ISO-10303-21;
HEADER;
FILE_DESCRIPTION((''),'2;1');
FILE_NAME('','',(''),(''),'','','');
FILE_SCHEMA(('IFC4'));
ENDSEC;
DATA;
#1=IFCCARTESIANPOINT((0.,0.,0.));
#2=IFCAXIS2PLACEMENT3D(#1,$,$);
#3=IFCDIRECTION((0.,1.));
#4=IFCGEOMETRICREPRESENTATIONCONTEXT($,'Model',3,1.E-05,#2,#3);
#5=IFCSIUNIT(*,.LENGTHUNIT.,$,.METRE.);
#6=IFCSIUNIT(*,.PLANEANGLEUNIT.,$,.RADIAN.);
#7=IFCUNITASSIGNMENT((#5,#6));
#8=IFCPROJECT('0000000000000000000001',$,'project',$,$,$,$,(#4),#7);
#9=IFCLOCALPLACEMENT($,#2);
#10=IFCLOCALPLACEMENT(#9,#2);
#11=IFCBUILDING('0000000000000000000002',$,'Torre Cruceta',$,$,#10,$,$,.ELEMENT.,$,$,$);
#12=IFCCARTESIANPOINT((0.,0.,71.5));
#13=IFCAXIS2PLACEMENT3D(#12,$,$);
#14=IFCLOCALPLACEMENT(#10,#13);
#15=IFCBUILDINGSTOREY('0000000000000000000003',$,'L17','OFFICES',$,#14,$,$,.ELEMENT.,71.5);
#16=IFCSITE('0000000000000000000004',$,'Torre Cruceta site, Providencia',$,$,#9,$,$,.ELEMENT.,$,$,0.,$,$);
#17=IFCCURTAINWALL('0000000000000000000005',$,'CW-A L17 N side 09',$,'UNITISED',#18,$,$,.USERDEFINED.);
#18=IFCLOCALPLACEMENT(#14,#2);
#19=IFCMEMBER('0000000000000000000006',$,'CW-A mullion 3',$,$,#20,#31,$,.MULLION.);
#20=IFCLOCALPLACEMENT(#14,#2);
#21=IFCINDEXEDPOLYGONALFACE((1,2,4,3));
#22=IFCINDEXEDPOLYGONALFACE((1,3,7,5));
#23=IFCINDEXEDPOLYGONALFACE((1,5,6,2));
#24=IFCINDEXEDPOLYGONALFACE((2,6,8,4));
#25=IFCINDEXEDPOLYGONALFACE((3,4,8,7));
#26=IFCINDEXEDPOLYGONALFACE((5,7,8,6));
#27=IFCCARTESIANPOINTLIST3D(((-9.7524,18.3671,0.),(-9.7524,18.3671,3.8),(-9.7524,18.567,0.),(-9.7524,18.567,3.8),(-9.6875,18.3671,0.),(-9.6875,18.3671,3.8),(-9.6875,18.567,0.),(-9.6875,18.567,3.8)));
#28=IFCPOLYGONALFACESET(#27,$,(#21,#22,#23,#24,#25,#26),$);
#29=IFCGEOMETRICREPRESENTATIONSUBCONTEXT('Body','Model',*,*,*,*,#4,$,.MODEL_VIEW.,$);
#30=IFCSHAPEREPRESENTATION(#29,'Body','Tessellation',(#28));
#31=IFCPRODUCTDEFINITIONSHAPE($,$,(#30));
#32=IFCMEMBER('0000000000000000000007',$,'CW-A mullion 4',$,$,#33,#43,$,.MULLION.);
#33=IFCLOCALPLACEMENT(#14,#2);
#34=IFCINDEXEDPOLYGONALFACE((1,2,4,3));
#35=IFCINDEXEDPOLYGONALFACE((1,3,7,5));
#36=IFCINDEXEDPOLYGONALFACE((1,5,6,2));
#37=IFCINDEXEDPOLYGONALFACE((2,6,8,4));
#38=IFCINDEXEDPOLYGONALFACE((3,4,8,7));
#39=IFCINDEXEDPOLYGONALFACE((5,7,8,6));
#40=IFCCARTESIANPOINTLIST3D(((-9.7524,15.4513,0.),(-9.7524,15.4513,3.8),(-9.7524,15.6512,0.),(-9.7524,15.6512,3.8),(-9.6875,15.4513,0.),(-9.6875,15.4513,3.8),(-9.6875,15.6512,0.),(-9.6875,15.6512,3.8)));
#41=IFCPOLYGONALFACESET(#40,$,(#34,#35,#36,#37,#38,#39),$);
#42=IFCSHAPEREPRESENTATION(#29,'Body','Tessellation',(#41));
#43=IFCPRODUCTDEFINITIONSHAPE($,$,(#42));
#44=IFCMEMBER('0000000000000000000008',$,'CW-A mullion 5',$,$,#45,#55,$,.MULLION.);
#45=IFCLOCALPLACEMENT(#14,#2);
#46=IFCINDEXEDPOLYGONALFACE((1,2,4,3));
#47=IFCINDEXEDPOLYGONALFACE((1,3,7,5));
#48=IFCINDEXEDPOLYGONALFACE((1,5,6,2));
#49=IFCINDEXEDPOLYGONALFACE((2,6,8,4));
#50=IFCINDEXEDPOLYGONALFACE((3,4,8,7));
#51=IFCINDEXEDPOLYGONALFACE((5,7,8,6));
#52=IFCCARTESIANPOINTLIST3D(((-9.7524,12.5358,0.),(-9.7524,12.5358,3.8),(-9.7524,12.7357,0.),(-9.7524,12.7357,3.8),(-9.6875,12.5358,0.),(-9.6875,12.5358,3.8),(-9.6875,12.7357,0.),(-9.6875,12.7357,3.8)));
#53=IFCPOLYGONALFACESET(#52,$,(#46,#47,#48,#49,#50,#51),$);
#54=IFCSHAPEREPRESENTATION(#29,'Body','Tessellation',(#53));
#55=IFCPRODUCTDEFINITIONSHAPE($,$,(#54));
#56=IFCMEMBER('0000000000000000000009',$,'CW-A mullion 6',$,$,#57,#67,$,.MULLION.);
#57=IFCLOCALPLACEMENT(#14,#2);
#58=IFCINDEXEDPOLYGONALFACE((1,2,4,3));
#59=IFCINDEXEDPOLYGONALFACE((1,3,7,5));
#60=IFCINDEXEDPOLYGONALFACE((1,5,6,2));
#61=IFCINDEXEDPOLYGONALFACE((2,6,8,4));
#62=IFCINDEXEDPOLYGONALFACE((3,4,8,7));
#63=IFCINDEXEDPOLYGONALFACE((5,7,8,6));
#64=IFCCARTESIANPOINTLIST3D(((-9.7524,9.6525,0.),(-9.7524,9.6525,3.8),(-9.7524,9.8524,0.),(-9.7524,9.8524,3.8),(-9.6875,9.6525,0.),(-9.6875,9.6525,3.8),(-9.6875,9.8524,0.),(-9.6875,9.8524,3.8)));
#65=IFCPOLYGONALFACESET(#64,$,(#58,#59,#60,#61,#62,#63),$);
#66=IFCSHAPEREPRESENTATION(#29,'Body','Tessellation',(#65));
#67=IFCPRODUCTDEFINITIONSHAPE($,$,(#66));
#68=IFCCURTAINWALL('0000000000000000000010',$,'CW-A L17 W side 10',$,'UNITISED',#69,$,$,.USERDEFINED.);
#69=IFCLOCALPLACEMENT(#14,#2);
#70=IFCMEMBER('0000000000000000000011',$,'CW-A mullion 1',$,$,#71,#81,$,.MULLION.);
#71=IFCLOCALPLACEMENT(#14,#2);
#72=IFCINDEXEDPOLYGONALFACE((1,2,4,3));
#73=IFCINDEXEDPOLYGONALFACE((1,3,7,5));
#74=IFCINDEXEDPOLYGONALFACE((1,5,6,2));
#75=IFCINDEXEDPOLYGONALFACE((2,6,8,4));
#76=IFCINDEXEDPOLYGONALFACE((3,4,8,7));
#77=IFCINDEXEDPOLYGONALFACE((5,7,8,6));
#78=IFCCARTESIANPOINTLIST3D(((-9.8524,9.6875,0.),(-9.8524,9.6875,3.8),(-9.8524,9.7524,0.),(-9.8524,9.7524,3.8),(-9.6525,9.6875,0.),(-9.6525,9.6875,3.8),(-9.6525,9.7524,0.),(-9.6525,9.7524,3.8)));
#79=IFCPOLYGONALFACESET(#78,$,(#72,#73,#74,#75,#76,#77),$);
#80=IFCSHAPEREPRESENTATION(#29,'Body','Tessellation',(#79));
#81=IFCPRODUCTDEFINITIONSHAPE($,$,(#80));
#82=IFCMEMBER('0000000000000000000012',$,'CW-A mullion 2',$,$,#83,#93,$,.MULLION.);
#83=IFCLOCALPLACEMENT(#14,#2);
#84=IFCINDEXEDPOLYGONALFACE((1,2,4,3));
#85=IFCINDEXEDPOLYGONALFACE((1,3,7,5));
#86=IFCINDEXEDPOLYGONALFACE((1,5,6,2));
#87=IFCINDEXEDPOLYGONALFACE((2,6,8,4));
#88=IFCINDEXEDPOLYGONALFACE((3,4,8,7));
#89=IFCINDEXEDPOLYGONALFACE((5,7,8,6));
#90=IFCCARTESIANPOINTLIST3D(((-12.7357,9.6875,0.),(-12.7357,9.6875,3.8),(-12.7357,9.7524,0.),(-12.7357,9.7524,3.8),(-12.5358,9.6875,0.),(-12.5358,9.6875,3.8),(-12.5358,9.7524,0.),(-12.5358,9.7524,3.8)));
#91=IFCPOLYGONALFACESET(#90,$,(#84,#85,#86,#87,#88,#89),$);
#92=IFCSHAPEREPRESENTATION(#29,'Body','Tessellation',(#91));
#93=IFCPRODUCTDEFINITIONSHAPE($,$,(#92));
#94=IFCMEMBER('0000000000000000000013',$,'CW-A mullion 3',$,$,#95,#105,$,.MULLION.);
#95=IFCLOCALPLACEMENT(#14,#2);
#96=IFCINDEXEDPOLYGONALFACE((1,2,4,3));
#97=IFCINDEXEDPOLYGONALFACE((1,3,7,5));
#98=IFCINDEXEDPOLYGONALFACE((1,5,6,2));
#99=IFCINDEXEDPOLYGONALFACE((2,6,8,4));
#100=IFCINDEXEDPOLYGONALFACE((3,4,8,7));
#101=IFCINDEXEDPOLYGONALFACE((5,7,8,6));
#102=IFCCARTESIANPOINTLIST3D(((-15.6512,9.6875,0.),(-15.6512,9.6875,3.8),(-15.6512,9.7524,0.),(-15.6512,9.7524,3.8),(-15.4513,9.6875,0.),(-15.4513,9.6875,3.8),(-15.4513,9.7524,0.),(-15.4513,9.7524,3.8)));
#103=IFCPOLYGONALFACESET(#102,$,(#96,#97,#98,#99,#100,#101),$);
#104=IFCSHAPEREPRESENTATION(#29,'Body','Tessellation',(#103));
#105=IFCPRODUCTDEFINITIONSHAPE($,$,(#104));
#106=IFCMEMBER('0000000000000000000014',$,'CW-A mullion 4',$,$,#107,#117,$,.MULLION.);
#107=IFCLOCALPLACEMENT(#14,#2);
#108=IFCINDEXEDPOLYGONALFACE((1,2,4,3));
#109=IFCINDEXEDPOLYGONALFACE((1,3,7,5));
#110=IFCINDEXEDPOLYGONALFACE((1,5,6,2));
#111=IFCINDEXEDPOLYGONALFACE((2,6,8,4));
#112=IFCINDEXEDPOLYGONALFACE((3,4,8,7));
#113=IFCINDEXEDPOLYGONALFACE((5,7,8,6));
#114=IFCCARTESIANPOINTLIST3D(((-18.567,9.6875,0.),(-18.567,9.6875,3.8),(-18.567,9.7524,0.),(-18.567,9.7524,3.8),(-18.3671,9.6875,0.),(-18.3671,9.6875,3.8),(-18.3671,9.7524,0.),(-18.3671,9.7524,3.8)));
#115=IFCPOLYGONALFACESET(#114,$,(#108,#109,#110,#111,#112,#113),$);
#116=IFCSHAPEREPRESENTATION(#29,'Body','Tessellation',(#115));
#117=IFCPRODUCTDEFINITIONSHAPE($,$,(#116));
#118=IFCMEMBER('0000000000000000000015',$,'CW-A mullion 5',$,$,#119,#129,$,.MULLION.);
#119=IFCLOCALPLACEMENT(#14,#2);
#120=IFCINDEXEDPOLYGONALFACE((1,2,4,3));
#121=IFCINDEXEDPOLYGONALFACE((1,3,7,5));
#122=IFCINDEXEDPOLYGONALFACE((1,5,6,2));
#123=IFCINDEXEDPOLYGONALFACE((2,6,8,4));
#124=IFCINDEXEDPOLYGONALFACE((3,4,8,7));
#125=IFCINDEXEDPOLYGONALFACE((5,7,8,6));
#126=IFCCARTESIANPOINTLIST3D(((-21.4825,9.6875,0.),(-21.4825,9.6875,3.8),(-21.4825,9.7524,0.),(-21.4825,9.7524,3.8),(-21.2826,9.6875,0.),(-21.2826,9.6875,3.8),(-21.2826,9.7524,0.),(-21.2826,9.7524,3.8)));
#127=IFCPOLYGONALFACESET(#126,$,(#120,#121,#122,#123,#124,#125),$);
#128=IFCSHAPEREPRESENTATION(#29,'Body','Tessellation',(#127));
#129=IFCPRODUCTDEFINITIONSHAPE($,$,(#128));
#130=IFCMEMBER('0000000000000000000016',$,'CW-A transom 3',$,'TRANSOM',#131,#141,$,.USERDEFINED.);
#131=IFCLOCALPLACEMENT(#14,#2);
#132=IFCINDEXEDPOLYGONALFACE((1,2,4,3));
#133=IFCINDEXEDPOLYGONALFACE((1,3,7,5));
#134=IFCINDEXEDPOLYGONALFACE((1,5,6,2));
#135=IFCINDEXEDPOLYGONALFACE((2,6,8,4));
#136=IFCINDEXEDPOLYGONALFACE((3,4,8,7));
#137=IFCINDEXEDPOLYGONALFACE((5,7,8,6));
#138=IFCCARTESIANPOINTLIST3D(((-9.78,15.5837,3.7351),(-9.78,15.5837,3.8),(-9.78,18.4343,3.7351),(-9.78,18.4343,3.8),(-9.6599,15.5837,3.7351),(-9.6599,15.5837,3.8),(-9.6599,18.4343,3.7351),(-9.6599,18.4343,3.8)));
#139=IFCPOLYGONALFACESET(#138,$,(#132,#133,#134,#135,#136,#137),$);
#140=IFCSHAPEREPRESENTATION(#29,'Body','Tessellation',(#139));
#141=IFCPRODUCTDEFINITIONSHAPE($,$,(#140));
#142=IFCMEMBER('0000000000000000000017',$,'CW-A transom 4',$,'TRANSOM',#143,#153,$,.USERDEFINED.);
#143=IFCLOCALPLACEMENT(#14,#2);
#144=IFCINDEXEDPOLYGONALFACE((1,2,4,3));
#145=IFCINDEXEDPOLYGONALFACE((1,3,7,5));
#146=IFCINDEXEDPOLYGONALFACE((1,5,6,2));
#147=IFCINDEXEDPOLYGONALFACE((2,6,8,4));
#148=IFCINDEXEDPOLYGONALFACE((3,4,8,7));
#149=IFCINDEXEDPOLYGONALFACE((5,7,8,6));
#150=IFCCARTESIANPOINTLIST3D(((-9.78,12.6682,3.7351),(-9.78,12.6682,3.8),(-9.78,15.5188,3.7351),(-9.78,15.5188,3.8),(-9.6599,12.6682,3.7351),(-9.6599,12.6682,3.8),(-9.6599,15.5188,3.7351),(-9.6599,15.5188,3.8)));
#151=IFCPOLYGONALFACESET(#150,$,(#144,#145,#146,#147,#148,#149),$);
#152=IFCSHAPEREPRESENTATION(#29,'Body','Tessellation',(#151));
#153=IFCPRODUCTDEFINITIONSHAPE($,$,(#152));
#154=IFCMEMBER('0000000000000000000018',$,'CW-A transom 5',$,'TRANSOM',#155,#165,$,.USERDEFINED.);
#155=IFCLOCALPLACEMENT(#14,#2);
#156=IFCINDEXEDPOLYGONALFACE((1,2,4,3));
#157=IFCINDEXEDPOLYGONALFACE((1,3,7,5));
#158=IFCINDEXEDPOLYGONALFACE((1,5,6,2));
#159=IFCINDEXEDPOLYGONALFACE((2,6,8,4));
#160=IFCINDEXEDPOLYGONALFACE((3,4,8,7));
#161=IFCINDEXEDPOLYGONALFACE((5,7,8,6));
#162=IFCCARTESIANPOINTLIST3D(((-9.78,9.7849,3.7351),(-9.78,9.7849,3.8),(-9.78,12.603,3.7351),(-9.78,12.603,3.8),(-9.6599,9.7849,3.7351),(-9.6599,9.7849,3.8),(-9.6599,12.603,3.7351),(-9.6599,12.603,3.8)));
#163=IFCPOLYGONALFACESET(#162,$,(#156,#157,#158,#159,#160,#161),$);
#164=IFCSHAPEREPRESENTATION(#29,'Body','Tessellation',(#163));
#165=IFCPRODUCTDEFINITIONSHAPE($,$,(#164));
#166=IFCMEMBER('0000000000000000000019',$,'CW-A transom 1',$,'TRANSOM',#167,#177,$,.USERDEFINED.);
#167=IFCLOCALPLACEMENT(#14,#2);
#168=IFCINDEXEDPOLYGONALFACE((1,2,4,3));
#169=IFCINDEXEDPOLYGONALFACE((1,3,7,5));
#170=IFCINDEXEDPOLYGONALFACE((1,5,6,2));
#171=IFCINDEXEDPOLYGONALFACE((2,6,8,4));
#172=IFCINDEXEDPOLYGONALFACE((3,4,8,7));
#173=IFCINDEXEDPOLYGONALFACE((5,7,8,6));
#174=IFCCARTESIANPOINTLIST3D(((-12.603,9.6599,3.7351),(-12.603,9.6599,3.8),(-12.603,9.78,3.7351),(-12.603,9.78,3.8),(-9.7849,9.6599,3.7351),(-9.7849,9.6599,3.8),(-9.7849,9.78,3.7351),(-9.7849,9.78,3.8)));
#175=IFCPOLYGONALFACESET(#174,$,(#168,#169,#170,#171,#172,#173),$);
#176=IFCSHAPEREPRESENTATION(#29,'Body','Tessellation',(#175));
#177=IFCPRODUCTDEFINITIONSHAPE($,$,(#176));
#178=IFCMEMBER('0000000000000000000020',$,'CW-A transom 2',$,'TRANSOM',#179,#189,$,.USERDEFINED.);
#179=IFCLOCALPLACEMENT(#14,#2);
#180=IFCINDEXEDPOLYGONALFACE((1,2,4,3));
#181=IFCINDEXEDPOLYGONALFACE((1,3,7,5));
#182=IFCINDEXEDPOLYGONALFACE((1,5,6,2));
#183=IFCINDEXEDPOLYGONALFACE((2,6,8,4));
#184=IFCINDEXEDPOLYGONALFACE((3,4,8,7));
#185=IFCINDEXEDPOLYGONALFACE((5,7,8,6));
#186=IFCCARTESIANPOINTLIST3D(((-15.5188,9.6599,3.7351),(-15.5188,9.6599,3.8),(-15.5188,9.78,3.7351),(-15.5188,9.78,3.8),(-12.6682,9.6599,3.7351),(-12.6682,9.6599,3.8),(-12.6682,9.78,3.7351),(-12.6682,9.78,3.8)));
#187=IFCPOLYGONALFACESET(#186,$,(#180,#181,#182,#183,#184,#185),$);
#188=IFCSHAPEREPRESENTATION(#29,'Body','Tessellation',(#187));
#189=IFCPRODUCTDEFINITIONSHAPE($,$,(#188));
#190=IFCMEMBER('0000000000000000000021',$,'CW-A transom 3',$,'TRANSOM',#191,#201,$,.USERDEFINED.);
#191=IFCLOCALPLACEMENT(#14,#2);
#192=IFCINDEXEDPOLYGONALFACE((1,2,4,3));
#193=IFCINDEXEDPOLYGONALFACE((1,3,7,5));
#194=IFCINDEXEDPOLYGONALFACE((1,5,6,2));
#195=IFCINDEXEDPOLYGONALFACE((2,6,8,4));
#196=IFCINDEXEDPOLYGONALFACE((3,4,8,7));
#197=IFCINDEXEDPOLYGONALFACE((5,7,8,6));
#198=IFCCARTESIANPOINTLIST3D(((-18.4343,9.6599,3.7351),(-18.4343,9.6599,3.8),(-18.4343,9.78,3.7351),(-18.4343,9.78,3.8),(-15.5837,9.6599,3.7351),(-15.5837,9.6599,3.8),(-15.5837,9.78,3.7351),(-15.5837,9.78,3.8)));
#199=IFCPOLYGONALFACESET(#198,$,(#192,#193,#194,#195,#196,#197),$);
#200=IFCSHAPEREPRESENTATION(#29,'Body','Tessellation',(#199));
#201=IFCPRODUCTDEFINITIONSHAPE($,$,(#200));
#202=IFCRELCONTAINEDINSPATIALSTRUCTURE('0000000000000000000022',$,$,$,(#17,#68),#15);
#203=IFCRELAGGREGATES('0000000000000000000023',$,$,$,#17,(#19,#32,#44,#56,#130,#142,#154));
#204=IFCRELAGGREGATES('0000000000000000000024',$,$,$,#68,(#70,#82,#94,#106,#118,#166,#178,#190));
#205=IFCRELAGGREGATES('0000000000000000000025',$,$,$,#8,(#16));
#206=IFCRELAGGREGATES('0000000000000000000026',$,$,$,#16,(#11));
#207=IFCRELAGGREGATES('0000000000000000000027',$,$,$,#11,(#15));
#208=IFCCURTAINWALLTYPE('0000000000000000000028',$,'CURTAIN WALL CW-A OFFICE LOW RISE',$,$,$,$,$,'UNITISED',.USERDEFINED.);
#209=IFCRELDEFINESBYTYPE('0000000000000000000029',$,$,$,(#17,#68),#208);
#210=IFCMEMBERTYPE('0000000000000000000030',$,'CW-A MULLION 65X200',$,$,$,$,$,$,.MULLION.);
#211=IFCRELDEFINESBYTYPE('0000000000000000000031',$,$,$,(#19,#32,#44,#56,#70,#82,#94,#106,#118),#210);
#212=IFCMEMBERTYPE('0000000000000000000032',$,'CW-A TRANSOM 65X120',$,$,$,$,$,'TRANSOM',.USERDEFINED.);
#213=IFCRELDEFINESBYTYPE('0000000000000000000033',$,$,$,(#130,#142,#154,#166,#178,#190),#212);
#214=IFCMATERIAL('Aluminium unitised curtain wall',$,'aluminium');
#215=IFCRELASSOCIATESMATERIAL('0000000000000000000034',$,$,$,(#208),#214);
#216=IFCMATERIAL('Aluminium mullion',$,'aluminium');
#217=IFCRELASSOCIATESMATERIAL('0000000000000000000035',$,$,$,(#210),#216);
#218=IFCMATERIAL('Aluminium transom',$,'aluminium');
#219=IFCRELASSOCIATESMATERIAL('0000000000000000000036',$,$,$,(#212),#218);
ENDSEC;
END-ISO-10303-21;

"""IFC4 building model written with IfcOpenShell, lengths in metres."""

from ifc_helpers import new_model, si_unit, direction, frame, origin, origin_2d, place, context, subcontext, project, spatial, rectangle, extrude, material, material_profile, profile_set, type_object, element, aggregate, save


model = new_model("IFC4")

# Units and contexts
model_context = context("Model", 3, precision=1e-05, world=origin(), true_north=direction((0.0, 1.0)))
body_context = subcontext(model_context, "Body", "Model", "MODEL_VIEW")
ifc_project = project(units=[si_unit("LENGTHUNIT", "METRE"), si_unit("PLANEANGLEUNIT", "RADIAN")], contexts=[model_context])

# Site, building, storey
site_placement = place(None, origin())
site = spatial("IfcSite", under=ifc_project, at=site_placement, Name="Torre Cruceta site, Providencia", CompositionType="ELEMENT", RefElevation=0.0)
building_placement = place(site_placement, origin())
building = spatial("IfcBuilding", under=site, at=building_placement, Name="Torre Cruceta", CompositionType="ELEMENT")
storey_placement = place(building_placement, frame((0.0, 0.0, 71.5)))
storey = spatial("IfcBuildingStorey", under=building, at=storey_placement, Name="L17", Description="OFFICES", CompositionType="ELEMENT", Elevation=71.5)

# Curtain walls, members
ifc_material_1 = material(Name="Aluminium unitised curtain wall", Category="aluminium")
curtain_wall_type = type_object("IfcCurtainWallType", Name="CURTAIN WALL CW-A OFFICE LOW RISE", ElementType="UNITISED", PredefinedType="USERDEFINED", material=ifc_material_1)
curtain_wall_1_placement = place(storey_placement, origin())
curtain_wall_1 = element("IfcCurtainWall", 1, at=curtain_wall_1_placement, inside=storey, type_object=curtain_wall_type, Name="CW-A L17 N side 09", ObjectType="UNITISED", PredefinedType="USERDEFINED")
ifc_material_2 = material(Name="Aluminium mullion", Category="aluminium")
ifc_material_profile_1 = material_profile(ifc_material_2, rectangle(XDim=0.0649, YDim=0.2, at=origin_2d()), Name="AL 65X200")
ifc_profile_set_1 = profile_set([ifc_material_profile_1], Name="Aluminium mullion")
member_type_1 = type_object("IfcMemberType", Name="CW-A MULLION 65X200", PredefinedType="MULLION", material=ifc_profile_set_1)
member_1_placement = place(storey_placement, frame((-9.72, 18.467, 0.0), z_axis=(0.0, 0.0, 1.0), x_axis=(1.0, 0.0, 0.0)))
member_1 = element("IfcMember", 2, at=member_1_placement, type_object=member_type_1, Name="CW-A mullion 3", PredefinedType="MULLION", context=body_context, shape_type="SweptSolid", body=[
    extrude(rectangle(XDim=0.0649, YDim=0.2, at=origin_2d()), origin(), (0.0, 0.0, 1.0), 3.8),
])
member_2_placement = place(storey_placement, frame((-9.72, 15.5513, 0.0), z_axis=(0.0, 0.0, 1.0), x_axis=(1.0, 0.0, 0.0)))
member_2 = element("IfcMember", 3, at=member_2_placement, type_object=member_type_1, Name="CW-A mullion 4", PredefinedType="MULLION", context=body_context, shape_type="SweptSolid", body=[
    extrude(rectangle(XDim=0.0649, YDim=0.2, at=origin_2d()), origin(), (0.0, 0.0, 1.0), 3.8),
])
member_3_placement = place(storey_placement, frame((-9.72, 12.6357, 0.0), z_axis=(0.0, 0.0, 1.0), x_axis=(1.0, 0.0, 0.0)))
member_3 = element("IfcMember", 4, at=member_3_placement, type_object=member_type_1, Name="CW-A mullion 5", PredefinedType="MULLION", context=body_context, shape_type="SweptSolid", body=[
    extrude(rectangle(XDim=0.0649, YDim=0.2, at=origin_2d()), origin(), (0.0, 0.0, 1.0), 3.8),
])
member_4_placement = place(storey_placement, frame((-9.72, 9.7524, 0.0), z_axis=(0.0, 0.0, 1.0), x_axis=(1.0, 0.0, 0.0)))
member_4 = element("IfcMember", 5, at=member_4_placement, type_object=member_type_1, Name="CW-A mullion 6", PredefinedType="MULLION", context=body_context, shape_type="SweptSolid", body=[
    extrude(rectangle(XDim=0.0649, YDim=0.2, at=origin_2d()), origin(), (0.0, 0.0, 1.0), 3.8),
])
curtain_wall_2_placement = place(storey_placement, origin())
curtain_wall_2 = element("IfcCurtainWall", 6, at=curtain_wall_2_placement, inside=storey, type_object=curtain_wall_type, Name="CW-A L17 W side 10", ObjectType="UNITISED", PredefinedType="USERDEFINED")
member_5_placement = place(storey_placement, frame((-9.7524, 9.72, 0.0), z_axis=(0.0, 0.0, 1.0), x_axis=(0.0, -1.0, 0.0)))
member_5 = element("IfcMember", 7, at=member_5_placement, type_object=member_type_1, Name="CW-A mullion 1", PredefinedType="MULLION", context=body_context, shape_type="SweptSolid", body=[
    extrude(rectangle(XDim=0.0649, YDim=0.2, at=origin_2d()), origin(), (0.0, 0.0, 1.0), 3.8),
])
member_6_placement = place(storey_placement, frame((-12.6357, 9.72, 0.0), z_axis=(0.0, 0.0, 1.0), x_axis=(0.0, -1.0, 0.0)))
member_6 = element("IfcMember", 8, at=member_6_placement, type_object=member_type_1, Name="CW-A mullion 2", PredefinedType="MULLION", context=body_context, shape_type="SweptSolid", body=[
    extrude(rectangle(XDim=0.0649, YDim=0.2, at=origin_2d()), origin(), (0.0, 0.0, 1.0), 3.8),
])
member_7_placement = place(storey_placement, frame((-15.5513, 9.72, 0.0), z_axis=(0.0, 0.0, 1.0), x_axis=(0.0, -1.0, 0.0)))
member_7 = element("IfcMember", 9, at=member_7_placement, type_object=member_type_1, Name="CW-A mullion 3", PredefinedType="MULLION", context=body_context, shape_type="SweptSolid", body=[
    extrude(rectangle(XDim=0.0649, YDim=0.2, at=origin_2d()), origin(), (0.0, 0.0, 1.0), 3.8),
])
member_8_placement = place(storey_placement, frame((-18.467, 9.72, 0.0), z_axis=(0.0, 0.0, 1.0), x_axis=(0.0, -1.0, 0.0)))
member_8 = element("IfcMember", 10, at=member_8_placement, type_object=member_type_1, Name="CW-A mullion 4", PredefinedType="MULLION", context=body_context, shape_type="SweptSolid", body=[
    extrude(rectangle(XDim=0.0649, YDim=0.2, at=origin_2d()), origin(), (0.0, 0.0, 1.0), 3.8),
])
member_9_placement = place(storey_placement, frame((-21.3826, 9.72, 0.0), z_axis=(0.0, 0.0, 1.0), x_axis=(0.0, -1.0, 0.0)))
member_9 = element("IfcMember", 11, at=member_9_placement, type_object=member_type_1, Name="CW-A mullion 5", PredefinedType="MULLION", context=body_context, shape_type="SweptSolid", body=[
    extrude(rectangle(XDim=0.0649, YDim=0.2, at=origin_2d()), origin(), (0.0, 0.0, 1.0), 3.8),
])

# Members
ifc_material_3 = material(Name="Aluminium transom", Category="aluminium")
ifc_material_profile_2 = material_profile(ifc_material_3, rectangle(XDim=0.1201, YDim=0.0649, at=origin_2d()), Name="AL 120X65")
ifc_profile_set_2 = profile_set([ifc_material_profile_2], Name="Aluminium transom")
member_type_2 = type_object("IfcMemberType", Name="CW-A TRANSOM 65X120", ElementType="TRANSOM", PredefinedType="USERDEFINED", material=ifc_profile_set_2)
member_10_placement = place(storey_placement, frame((-9.72, 18.4343, 3.7676), z_axis=(0.0, -1.0, 0.0), x_axis=(1.0, 0.0, 0.0)))
member_10 = element("IfcMember", 12, at=member_10_placement, type_object=member_type_2, Name="CW-A transom 3", ObjectType="TRANSOM", PredefinedType="USERDEFINED", context=body_context, shape_type="SweptSolid", body=[
    extrude(rectangle(XDim=0.1201, YDim=0.0649, at=origin_2d()), origin(), (0.0, 0.0, 1.0), 2.8506),
])
member_11_placement = place(storey_placement, frame((-9.72, 15.5188, 3.7676), z_axis=(0.0, -1.0, 0.0), x_axis=(1.0, 0.0, 0.0)))
member_11 = element("IfcMember", 13, at=member_11_placement, type_object=member_type_2, Name="CW-A transom 4", ObjectType="TRANSOM", PredefinedType="USERDEFINED", context=body_context, shape_type="SweptSolid", body=[
    extrude(rectangle(XDim=0.1201, YDim=0.0649, at=origin_2d()), origin(), (0.0, 0.0, 1.0), 2.8506),
])
member_12_placement = place(storey_placement, frame((-9.72, 12.603, 3.7676), z_axis=(0.0, -1.0, 0.0), x_axis=(1.0, 0.0, 0.0)))
member_12 = element("IfcMember", 14, at=member_12_placement, type_object=member_type_2, Name="CW-A transom 5", ObjectType="TRANSOM", PredefinedType="USERDEFINED", context=body_context, shape_type="SweptSolid", body=[
    extrude(rectangle(XDim=0.1201, YDim=0.0649, at=origin_2d()), origin(), (0.0, 0.0, 1.0), 2.8181),
])
member_13_placement = place(storey_placement, frame((-9.7849, 9.72, 3.7676), z_axis=(-1.0, 0.0, 0.0), x_axis=(0.0, -1.0, 0.0)))
member_13 = element("IfcMember", 15, at=member_13_placement, type_object=member_type_2, Name="CW-A transom 1", ObjectType="TRANSOM", PredefinedType="USERDEFINED", context=body_context, shape_type="SweptSolid", body=[
    extrude(rectangle(XDim=0.1201, YDim=0.0649, at=origin_2d()), origin(), (0.0, 0.0, 1.0), 2.8181),
])
member_14_placement = place(storey_placement, frame((-12.6682, 9.72, 3.7676), z_axis=(-1.0, 0.0, 0.0), x_axis=(0.0, -1.0, 0.0)))
member_14 = element("IfcMember", 16, at=member_14_placement, type_object=member_type_2, Name="CW-A transom 2", ObjectType="TRANSOM", PredefinedType="USERDEFINED", context=body_context, shape_type="SweptSolid", body=[
    extrude(rectangle(XDim=0.1201, YDim=0.0649, at=origin_2d()), origin(), (0.0, 0.0, 1.0), 2.8506),
])
member_15_placement = place(storey_placement, frame((-15.5837, 9.72, 3.7676), z_axis=(-1.0, 0.0, 0.0), x_axis=(0.0, -1.0, 0.0)))
member_15 = element("IfcMember", 17, at=member_15_placement, type_object=member_type_2, Name="CW-A transom 3", ObjectType="TRANSOM", PredefinedType="USERDEFINED", context=body_context, shape_type="SweptSolid", body=[
    extrude(rectangle(XDim=0.1201, YDim=0.0649, at=origin_2d()), origin(), (0.0, 0.0, 1.0), 2.8506),
])

aggregate(curtain_wall_1, [member_1, member_2, member_3, member_4, member_10, member_11, member_12])
aggregate(curtain_wall_2, [member_5, member_6, member_7, member_8, member_9, member_13, member_14, member_15])

save(model, "model.ifc")
